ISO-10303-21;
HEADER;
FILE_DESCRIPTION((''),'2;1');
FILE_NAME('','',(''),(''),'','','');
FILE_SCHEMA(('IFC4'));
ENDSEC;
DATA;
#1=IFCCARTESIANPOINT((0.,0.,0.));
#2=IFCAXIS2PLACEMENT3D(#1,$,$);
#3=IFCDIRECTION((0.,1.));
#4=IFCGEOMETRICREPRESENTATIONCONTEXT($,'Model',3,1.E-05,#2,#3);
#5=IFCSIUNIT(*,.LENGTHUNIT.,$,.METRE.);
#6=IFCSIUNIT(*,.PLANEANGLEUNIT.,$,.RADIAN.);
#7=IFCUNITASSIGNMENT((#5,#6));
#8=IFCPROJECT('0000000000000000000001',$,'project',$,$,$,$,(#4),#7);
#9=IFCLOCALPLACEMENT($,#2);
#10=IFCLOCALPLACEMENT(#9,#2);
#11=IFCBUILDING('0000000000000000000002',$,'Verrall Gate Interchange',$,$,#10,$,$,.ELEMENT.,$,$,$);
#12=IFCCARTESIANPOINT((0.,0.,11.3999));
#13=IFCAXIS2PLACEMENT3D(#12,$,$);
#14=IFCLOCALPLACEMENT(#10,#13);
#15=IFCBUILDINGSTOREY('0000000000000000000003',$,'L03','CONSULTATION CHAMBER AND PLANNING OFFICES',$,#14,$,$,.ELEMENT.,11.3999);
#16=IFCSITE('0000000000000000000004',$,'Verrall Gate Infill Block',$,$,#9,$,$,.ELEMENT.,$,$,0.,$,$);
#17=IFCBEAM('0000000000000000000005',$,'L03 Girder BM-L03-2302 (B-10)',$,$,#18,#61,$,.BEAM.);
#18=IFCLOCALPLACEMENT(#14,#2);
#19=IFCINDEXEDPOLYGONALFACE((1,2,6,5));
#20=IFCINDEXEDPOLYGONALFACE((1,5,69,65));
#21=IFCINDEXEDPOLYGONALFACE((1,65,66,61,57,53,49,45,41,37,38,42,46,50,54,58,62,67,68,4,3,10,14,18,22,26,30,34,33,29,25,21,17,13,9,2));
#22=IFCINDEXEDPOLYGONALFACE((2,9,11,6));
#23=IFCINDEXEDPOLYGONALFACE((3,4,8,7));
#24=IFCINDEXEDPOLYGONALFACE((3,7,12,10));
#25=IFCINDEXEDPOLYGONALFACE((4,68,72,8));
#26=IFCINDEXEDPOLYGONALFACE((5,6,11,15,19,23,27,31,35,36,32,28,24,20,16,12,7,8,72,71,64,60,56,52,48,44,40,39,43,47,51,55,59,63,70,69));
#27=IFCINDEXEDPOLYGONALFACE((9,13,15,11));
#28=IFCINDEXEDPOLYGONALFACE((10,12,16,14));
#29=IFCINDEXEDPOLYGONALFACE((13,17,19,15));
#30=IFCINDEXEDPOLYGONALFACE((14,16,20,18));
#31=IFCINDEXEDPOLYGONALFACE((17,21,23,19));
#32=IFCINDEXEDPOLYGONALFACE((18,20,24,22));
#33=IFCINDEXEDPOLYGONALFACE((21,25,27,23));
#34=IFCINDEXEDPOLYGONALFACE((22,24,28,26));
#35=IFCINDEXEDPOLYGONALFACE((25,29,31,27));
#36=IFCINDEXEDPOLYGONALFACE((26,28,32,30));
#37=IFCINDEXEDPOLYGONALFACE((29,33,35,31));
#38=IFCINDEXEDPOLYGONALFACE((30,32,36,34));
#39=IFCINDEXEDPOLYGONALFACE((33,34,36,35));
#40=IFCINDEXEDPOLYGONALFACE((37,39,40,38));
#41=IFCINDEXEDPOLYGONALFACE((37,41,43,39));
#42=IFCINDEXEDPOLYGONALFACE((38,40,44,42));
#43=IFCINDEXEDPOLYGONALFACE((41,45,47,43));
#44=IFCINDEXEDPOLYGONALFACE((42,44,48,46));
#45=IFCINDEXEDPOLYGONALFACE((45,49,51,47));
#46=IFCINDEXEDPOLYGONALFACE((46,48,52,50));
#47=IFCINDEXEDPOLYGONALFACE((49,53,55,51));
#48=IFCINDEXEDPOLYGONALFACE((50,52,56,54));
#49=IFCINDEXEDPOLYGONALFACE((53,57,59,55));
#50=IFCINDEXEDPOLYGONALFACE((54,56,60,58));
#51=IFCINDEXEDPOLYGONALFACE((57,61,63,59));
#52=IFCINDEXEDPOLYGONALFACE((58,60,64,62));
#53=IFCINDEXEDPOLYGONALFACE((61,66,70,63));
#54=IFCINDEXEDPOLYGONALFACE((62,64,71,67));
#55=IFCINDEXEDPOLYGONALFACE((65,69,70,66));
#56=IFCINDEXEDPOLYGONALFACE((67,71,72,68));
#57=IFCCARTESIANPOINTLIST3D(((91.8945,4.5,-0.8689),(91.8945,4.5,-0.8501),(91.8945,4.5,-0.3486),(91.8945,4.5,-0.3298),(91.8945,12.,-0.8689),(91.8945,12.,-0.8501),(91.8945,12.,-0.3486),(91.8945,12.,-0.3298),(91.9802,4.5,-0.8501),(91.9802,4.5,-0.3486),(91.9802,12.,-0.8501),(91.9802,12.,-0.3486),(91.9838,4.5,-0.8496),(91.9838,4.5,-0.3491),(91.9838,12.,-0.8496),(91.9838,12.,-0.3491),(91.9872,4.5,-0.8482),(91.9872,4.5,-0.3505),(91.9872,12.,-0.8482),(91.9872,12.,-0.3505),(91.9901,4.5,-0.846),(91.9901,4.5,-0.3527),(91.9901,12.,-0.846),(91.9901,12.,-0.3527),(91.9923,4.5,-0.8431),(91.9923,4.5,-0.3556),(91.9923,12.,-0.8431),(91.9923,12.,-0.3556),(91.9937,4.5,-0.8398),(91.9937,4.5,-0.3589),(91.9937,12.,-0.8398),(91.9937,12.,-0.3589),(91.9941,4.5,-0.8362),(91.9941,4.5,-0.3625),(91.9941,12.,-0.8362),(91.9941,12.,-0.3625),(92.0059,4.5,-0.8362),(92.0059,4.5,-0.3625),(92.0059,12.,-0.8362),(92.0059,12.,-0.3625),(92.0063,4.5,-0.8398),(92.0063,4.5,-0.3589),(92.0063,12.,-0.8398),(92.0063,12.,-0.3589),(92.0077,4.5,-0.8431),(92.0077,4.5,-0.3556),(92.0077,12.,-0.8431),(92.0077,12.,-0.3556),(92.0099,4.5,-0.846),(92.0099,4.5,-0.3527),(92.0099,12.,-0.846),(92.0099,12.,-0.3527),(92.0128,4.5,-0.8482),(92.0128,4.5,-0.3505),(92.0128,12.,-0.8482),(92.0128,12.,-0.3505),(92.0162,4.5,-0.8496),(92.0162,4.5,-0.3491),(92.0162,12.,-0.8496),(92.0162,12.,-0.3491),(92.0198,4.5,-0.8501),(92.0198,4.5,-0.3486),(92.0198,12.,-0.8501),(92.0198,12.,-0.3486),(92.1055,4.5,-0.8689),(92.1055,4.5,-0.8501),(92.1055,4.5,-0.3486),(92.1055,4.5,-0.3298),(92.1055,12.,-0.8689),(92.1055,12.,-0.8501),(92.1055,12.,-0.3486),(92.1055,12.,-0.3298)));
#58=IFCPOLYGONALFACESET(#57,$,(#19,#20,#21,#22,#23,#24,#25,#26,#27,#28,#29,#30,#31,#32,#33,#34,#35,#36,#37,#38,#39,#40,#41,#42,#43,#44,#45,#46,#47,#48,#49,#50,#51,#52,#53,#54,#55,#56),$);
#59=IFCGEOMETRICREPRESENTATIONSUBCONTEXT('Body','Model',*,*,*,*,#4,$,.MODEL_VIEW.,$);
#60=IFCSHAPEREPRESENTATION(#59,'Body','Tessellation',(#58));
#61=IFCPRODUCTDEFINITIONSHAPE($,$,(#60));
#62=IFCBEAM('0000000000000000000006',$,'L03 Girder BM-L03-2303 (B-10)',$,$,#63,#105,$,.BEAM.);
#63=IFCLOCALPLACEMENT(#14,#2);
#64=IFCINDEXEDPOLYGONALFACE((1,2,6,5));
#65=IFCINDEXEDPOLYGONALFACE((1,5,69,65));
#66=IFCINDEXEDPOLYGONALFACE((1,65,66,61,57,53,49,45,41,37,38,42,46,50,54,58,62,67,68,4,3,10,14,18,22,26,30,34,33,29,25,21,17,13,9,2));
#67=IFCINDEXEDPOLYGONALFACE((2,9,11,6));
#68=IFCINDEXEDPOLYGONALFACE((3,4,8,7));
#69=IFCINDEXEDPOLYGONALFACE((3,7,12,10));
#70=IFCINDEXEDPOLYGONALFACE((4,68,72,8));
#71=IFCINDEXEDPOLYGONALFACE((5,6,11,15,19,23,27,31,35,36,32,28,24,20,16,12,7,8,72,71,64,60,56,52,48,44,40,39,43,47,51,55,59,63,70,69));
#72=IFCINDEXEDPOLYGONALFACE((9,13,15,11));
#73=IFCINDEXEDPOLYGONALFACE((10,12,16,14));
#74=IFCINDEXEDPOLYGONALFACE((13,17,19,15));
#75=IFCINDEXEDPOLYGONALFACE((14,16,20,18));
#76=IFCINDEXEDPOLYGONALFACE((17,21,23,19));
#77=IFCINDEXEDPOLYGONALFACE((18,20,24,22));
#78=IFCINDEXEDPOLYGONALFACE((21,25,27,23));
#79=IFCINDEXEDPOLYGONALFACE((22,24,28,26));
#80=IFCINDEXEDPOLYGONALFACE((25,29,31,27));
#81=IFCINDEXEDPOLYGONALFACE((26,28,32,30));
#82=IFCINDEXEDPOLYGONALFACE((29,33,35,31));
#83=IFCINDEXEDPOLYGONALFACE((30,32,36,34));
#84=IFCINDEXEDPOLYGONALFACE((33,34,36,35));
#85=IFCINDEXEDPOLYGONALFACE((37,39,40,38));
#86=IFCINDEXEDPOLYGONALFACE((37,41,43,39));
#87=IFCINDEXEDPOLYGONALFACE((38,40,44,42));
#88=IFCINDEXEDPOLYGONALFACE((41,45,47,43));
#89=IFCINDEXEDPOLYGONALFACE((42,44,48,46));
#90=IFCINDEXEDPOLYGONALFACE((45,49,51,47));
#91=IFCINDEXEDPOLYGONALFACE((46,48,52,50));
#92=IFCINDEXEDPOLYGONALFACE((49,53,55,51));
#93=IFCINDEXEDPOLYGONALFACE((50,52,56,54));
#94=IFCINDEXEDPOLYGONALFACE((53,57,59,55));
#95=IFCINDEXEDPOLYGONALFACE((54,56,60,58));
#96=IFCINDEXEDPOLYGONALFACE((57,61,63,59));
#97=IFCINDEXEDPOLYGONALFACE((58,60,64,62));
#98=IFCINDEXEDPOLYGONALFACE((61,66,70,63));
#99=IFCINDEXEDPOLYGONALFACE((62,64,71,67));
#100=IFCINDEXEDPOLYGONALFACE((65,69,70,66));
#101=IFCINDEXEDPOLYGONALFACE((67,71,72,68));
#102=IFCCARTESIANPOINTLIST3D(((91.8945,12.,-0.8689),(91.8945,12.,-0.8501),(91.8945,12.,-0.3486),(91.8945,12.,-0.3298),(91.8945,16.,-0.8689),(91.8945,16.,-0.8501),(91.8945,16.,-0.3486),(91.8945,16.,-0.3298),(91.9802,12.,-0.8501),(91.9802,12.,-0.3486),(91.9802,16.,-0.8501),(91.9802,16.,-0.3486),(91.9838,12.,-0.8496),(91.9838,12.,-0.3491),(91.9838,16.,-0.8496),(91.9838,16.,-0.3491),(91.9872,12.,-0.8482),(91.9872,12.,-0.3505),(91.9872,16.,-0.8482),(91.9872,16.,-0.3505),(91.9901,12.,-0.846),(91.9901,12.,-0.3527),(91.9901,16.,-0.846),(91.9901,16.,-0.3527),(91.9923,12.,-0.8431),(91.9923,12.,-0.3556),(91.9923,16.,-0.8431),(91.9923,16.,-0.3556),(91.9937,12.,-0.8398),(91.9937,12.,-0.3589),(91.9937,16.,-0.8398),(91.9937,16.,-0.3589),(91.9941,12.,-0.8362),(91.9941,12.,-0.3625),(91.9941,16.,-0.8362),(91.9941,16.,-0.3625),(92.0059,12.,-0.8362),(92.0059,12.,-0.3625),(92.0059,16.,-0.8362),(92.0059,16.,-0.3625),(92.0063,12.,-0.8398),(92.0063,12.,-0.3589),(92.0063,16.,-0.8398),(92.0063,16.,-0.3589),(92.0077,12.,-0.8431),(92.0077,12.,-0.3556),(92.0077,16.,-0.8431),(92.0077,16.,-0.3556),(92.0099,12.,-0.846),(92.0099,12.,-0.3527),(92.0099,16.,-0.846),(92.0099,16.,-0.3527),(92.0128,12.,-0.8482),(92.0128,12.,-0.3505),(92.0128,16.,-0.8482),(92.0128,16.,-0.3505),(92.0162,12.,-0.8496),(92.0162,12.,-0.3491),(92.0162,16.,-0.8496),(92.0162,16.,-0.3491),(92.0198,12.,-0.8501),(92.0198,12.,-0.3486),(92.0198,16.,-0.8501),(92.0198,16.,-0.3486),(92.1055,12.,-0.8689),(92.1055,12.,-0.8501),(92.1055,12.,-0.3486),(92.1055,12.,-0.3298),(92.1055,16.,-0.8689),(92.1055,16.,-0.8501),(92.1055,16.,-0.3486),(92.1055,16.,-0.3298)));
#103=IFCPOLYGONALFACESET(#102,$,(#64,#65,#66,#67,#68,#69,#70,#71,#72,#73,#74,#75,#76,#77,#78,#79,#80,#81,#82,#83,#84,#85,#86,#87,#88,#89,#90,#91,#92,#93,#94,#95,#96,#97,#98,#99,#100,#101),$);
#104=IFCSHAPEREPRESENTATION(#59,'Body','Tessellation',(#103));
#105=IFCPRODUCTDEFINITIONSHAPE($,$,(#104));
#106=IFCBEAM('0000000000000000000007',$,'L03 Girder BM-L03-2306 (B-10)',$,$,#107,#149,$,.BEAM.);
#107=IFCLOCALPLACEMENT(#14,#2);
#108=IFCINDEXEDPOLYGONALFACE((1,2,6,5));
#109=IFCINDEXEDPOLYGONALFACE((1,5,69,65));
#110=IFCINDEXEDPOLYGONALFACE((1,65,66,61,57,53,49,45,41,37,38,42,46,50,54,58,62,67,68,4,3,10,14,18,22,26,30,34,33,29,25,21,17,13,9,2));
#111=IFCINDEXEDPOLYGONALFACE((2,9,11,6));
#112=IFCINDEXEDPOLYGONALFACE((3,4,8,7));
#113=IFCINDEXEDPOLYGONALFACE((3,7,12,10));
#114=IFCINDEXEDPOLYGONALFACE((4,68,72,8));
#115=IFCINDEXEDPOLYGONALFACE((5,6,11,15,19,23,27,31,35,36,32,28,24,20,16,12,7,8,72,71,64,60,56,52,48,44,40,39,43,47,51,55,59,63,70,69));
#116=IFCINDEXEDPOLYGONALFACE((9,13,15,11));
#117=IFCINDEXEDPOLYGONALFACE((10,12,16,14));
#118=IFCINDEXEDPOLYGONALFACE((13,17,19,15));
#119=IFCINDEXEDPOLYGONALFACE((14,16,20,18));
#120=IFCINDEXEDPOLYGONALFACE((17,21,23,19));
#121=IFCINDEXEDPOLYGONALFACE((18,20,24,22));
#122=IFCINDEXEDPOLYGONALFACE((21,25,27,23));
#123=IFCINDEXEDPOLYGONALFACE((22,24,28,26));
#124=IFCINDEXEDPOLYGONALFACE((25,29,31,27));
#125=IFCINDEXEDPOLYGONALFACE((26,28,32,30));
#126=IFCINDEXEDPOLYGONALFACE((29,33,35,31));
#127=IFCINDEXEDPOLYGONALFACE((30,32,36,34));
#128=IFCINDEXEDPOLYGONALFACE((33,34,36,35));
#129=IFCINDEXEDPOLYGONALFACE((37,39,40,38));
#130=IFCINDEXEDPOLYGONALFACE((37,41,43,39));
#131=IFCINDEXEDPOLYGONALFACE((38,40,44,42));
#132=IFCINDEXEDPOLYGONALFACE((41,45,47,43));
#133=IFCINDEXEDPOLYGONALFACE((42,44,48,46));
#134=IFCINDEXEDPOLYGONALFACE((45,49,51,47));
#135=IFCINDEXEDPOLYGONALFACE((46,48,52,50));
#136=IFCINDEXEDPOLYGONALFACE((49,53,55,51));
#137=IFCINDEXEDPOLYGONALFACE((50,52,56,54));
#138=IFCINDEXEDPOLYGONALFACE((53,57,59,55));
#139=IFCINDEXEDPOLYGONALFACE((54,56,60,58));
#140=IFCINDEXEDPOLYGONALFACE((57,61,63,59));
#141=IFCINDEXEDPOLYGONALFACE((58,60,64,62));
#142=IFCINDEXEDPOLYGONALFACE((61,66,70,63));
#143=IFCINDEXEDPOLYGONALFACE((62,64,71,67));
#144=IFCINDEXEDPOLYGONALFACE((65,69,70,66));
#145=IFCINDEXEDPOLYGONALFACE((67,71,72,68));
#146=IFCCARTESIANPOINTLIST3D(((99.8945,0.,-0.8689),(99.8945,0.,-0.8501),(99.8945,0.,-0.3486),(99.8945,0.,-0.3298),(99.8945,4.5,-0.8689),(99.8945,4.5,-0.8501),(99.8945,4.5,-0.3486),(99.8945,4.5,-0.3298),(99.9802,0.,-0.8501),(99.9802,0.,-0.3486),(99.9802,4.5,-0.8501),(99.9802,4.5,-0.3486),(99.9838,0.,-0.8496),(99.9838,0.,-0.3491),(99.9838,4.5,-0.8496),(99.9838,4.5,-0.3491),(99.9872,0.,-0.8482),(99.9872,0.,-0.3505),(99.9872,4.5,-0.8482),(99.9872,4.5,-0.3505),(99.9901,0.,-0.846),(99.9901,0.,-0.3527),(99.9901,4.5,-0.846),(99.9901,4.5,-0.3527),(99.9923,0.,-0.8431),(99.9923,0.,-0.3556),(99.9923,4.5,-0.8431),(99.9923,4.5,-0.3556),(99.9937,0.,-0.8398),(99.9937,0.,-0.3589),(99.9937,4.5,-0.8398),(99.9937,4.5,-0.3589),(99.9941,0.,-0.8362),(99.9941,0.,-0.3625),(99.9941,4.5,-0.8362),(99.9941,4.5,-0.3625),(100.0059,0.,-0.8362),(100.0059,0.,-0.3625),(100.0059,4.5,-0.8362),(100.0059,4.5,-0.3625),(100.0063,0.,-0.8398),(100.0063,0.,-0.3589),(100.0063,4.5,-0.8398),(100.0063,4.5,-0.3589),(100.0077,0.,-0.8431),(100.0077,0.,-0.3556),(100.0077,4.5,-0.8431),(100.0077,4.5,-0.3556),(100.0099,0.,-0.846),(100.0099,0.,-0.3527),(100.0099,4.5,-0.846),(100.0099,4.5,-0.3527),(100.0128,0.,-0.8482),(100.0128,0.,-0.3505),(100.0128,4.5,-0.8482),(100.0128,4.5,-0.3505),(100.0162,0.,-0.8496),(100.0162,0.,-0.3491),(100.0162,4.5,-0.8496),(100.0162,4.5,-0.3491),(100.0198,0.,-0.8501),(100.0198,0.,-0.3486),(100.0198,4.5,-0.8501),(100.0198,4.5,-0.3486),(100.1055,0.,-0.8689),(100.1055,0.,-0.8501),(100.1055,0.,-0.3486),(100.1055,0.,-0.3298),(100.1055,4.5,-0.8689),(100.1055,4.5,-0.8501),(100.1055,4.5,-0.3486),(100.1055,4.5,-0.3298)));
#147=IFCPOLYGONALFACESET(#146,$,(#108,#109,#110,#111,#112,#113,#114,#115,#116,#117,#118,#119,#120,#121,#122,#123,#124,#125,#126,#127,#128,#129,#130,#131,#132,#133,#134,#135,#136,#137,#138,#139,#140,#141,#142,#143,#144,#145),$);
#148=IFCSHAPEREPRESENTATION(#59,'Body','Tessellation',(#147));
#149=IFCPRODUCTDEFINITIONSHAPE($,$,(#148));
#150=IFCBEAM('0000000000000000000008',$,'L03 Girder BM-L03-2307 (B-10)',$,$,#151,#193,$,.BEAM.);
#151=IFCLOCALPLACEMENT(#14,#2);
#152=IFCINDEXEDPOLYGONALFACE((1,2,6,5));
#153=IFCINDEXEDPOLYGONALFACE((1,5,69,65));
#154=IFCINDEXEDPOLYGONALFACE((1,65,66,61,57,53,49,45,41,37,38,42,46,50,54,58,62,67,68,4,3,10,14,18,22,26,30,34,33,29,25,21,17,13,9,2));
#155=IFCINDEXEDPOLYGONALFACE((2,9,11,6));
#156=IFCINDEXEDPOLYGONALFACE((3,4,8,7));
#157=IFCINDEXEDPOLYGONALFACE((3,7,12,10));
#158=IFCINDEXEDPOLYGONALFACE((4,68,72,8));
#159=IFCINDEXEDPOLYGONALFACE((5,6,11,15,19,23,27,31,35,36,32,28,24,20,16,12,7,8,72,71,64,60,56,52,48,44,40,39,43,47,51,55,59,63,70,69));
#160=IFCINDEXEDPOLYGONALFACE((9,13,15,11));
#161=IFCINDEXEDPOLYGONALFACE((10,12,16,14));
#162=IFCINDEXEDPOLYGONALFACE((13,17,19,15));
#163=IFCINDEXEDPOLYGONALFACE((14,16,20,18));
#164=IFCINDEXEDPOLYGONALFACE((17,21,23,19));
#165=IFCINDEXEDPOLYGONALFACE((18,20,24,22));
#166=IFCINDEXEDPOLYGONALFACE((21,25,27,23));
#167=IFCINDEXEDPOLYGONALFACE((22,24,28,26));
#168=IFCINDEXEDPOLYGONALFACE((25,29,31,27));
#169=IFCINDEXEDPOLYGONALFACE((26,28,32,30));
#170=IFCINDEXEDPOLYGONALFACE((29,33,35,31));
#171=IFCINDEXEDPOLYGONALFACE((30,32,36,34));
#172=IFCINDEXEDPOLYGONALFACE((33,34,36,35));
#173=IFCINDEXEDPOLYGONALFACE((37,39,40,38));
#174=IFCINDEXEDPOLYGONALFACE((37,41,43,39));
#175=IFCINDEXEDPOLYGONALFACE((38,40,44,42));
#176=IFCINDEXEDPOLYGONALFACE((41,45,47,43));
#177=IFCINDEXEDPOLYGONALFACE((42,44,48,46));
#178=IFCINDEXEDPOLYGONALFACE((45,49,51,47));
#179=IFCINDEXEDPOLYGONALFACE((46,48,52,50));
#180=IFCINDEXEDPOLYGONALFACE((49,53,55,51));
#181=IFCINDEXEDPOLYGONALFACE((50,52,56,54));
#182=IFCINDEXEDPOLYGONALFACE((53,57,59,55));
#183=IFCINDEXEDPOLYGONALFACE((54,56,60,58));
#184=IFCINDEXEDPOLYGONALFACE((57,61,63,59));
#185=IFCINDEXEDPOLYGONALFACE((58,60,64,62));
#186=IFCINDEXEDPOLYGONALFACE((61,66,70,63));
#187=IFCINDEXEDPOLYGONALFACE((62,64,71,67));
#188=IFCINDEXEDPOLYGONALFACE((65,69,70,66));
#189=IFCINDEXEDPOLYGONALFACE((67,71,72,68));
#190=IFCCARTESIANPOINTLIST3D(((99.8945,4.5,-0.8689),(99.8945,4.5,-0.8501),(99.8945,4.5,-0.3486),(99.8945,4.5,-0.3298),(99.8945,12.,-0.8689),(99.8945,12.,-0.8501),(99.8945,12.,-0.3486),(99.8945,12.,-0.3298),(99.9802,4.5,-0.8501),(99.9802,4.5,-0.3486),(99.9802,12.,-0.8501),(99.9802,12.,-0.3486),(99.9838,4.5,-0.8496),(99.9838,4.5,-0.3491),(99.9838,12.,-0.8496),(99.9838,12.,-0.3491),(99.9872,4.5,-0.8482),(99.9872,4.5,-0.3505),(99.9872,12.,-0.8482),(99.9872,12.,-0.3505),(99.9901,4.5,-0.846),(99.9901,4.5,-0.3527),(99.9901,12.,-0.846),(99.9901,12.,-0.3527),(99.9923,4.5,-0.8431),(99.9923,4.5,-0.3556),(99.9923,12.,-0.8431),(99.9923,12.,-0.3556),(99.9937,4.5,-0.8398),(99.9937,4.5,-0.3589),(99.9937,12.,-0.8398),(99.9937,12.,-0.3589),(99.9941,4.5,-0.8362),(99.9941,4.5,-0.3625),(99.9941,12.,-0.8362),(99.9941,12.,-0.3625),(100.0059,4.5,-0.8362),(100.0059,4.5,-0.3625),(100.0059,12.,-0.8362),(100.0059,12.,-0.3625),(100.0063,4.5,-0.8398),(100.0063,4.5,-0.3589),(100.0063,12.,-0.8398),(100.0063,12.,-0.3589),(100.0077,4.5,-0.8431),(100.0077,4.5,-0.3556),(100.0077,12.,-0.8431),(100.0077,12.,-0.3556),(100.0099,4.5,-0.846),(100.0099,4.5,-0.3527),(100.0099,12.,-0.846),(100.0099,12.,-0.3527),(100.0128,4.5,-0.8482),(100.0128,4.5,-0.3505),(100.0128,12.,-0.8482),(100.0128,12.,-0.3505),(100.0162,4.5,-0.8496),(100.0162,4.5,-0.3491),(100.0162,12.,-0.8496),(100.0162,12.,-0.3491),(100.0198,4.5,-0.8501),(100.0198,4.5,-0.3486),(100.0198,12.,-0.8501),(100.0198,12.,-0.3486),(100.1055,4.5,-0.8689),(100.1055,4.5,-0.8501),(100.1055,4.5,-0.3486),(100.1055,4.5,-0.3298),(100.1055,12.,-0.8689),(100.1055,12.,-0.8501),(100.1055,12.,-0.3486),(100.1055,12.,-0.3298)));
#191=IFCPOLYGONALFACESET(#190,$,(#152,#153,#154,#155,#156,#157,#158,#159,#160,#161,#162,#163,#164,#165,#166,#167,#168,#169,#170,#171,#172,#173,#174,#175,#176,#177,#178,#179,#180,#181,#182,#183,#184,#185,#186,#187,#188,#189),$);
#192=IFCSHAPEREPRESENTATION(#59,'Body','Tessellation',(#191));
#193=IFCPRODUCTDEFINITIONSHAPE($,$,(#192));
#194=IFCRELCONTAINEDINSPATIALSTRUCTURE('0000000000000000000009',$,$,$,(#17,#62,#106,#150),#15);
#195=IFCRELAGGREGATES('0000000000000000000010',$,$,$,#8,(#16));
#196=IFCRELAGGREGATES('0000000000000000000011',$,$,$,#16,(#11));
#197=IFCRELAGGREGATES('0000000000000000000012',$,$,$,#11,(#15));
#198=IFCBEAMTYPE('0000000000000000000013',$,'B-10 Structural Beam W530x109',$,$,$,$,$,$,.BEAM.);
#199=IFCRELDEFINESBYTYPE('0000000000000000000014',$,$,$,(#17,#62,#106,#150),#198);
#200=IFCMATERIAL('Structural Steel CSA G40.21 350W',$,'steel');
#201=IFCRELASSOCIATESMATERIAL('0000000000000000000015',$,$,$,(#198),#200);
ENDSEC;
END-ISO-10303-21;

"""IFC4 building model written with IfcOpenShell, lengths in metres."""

from ifc_helpers import new_model, si_unit, direction, frame, origin, origin_2d, place, context, subcontext, project, spatial, i_section, extrude, material, material_profile, profile_set, type_object, element, save


model = new_model("IFC4")

# Units and contexts
model_context = context("Model", 3, precision=1e-05, world=origin(), true_north=direction((0.0, 1.0)))
body_context = subcontext(model_context, "Body", "Model", "MODEL_VIEW")
ifc_project = project(units=[si_unit("LENGTHUNIT", "METRE"), si_unit("PLANEANGLEUNIT", "RADIAN")], contexts=[model_context])

# Site, building, storey
site_placement = place(None, origin())
site = spatial("IfcSite", under=ifc_project, at=site_placement, Name="Verrall Gate Infill Block", CompositionType="ELEMENT", RefElevation=0.0)
building_placement = place(site_placement, origin())
building = spatial("IfcBuilding", under=site, at=building_placement, Name="Verrall Gate Interchange", CompositionType="ELEMENT")
storey_placement = place(building_placement, frame((0.0, 0.0, 11.3999)))
storey = spatial("IfcBuildingStorey", under=building, at=storey_placement, Name="L03", Description="CONSULTATION CHAMBER AND PLANNING OFFICES", CompositionType="ELEMENT", Elevation=11.3999)

# Beams
ifc_material_1 = material(Name="Structural Steel CSA G40.21 350W", Category="steel")
ifc_material_profile_1 = material_profile(ifc_material_1, i_section(OverallWidth=0.2109, OverallDepth=0.5391, WebThickness=0.0117, FlangeThickness=0.0188, FilletRadius=0.0139, at=origin_2d()), Name="W530x109")
ifc_profile_set_1 = profile_set([ifc_material_profile_1], Name="Structural Steel CSA G40.21 350W")
beam_type_1 = type_object("IfcBeamType", Name="B-10 Structural Beam W530x109", PredefinedType="BEAM", material=ifc_profile_set_1)
beam_1_placement = place(storey_placement, frame((92.0, 4.5, -0.5994), z_axis=(0.0, 1.0, 0.0), x_axis=(-1.0, 0.0, 0.0)))
element("IfcBeam", 1, at=beam_1_placement, inside=storey, type_object=beam_type_1, Name="L03 Girder BM-L03-2302 (B-10)", PredefinedType="BEAM", context=body_context, shape_type="SweptSolid", body=[
    extrude(i_section(OverallWidth=0.2109, OverallDepth=0.5391, WebThickness=0.0117, FlangeThickness=0.0188, FilletRadius=0.0139, at=origin_2d()), origin(), (0.0, 0.0, 1.0), 7.5),
])
beam_2_placement = place(storey_placement, frame((92.0, 12.0, -0.5994), z_axis=(0.0, 1.0, 0.0), x_axis=(-1.0, 0.0, 0.0)))
element("IfcBeam", 2, at=beam_2_placement, inside=storey, type_object=beam_type_1, Name="L03 Girder BM-L03-2303 (B-10)", PredefinedType="BEAM", context=body_context, shape_type="SweptSolid", body=[
    extrude(i_section(OverallWidth=0.2109, OverallDepth=0.5391, WebThickness=0.0117, FlangeThickness=0.0188, FilletRadius=0.0139, at=origin_2d()), origin(), (0.0, 0.0, 1.0), 4.0),
])
beam_3_placement = place(storey_placement, frame((100.0, 0.0, -0.5994), z_axis=(0.0, 1.0, 0.0), x_axis=(-1.0, 0.0, 0.0)))
element("IfcBeam", 3, at=beam_3_placement, inside=storey, type_object=beam_type_1, Name="L03 Girder BM-L03-2306 (B-10)", PredefinedType="BEAM", context=body_context, shape_type="SweptSolid", body=[
    extrude(i_section(OverallWidth=0.2109, OverallDepth=0.5391, WebThickness=0.0117, FlangeThickness=0.0188, FilletRadius=0.0139, at=origin_2d()), origin(), (0.0, 0.0, 1.0), 4.5),
])
beam_4_placement = place(storey_placement, frame((100.0, 4.5, -0.5994), z_axis=(0.0, 1.0, 0.0), x_axis=(-1.0, 0.0, 0.0)))
element("IfcBeam", 4, at=beam_4_placement, inside=storey, type_object=beam_type_1, Name="L03 Girder BM-L03-2307 (B-10)", PredefinedType="BEAM", context=body_context, shape_type="SweptSolid", body=[
    extrude(i_section(OverallWidth=0.2109, OverallDepth=0.5391, WebThickness=0.0117, FlangeThickness=0.0188, FilletRadius=0.0139, at=origin_2d()), origin(), (0.0, 0.0, 1.0), 7.5),
])

save(model, "model.ifc")
